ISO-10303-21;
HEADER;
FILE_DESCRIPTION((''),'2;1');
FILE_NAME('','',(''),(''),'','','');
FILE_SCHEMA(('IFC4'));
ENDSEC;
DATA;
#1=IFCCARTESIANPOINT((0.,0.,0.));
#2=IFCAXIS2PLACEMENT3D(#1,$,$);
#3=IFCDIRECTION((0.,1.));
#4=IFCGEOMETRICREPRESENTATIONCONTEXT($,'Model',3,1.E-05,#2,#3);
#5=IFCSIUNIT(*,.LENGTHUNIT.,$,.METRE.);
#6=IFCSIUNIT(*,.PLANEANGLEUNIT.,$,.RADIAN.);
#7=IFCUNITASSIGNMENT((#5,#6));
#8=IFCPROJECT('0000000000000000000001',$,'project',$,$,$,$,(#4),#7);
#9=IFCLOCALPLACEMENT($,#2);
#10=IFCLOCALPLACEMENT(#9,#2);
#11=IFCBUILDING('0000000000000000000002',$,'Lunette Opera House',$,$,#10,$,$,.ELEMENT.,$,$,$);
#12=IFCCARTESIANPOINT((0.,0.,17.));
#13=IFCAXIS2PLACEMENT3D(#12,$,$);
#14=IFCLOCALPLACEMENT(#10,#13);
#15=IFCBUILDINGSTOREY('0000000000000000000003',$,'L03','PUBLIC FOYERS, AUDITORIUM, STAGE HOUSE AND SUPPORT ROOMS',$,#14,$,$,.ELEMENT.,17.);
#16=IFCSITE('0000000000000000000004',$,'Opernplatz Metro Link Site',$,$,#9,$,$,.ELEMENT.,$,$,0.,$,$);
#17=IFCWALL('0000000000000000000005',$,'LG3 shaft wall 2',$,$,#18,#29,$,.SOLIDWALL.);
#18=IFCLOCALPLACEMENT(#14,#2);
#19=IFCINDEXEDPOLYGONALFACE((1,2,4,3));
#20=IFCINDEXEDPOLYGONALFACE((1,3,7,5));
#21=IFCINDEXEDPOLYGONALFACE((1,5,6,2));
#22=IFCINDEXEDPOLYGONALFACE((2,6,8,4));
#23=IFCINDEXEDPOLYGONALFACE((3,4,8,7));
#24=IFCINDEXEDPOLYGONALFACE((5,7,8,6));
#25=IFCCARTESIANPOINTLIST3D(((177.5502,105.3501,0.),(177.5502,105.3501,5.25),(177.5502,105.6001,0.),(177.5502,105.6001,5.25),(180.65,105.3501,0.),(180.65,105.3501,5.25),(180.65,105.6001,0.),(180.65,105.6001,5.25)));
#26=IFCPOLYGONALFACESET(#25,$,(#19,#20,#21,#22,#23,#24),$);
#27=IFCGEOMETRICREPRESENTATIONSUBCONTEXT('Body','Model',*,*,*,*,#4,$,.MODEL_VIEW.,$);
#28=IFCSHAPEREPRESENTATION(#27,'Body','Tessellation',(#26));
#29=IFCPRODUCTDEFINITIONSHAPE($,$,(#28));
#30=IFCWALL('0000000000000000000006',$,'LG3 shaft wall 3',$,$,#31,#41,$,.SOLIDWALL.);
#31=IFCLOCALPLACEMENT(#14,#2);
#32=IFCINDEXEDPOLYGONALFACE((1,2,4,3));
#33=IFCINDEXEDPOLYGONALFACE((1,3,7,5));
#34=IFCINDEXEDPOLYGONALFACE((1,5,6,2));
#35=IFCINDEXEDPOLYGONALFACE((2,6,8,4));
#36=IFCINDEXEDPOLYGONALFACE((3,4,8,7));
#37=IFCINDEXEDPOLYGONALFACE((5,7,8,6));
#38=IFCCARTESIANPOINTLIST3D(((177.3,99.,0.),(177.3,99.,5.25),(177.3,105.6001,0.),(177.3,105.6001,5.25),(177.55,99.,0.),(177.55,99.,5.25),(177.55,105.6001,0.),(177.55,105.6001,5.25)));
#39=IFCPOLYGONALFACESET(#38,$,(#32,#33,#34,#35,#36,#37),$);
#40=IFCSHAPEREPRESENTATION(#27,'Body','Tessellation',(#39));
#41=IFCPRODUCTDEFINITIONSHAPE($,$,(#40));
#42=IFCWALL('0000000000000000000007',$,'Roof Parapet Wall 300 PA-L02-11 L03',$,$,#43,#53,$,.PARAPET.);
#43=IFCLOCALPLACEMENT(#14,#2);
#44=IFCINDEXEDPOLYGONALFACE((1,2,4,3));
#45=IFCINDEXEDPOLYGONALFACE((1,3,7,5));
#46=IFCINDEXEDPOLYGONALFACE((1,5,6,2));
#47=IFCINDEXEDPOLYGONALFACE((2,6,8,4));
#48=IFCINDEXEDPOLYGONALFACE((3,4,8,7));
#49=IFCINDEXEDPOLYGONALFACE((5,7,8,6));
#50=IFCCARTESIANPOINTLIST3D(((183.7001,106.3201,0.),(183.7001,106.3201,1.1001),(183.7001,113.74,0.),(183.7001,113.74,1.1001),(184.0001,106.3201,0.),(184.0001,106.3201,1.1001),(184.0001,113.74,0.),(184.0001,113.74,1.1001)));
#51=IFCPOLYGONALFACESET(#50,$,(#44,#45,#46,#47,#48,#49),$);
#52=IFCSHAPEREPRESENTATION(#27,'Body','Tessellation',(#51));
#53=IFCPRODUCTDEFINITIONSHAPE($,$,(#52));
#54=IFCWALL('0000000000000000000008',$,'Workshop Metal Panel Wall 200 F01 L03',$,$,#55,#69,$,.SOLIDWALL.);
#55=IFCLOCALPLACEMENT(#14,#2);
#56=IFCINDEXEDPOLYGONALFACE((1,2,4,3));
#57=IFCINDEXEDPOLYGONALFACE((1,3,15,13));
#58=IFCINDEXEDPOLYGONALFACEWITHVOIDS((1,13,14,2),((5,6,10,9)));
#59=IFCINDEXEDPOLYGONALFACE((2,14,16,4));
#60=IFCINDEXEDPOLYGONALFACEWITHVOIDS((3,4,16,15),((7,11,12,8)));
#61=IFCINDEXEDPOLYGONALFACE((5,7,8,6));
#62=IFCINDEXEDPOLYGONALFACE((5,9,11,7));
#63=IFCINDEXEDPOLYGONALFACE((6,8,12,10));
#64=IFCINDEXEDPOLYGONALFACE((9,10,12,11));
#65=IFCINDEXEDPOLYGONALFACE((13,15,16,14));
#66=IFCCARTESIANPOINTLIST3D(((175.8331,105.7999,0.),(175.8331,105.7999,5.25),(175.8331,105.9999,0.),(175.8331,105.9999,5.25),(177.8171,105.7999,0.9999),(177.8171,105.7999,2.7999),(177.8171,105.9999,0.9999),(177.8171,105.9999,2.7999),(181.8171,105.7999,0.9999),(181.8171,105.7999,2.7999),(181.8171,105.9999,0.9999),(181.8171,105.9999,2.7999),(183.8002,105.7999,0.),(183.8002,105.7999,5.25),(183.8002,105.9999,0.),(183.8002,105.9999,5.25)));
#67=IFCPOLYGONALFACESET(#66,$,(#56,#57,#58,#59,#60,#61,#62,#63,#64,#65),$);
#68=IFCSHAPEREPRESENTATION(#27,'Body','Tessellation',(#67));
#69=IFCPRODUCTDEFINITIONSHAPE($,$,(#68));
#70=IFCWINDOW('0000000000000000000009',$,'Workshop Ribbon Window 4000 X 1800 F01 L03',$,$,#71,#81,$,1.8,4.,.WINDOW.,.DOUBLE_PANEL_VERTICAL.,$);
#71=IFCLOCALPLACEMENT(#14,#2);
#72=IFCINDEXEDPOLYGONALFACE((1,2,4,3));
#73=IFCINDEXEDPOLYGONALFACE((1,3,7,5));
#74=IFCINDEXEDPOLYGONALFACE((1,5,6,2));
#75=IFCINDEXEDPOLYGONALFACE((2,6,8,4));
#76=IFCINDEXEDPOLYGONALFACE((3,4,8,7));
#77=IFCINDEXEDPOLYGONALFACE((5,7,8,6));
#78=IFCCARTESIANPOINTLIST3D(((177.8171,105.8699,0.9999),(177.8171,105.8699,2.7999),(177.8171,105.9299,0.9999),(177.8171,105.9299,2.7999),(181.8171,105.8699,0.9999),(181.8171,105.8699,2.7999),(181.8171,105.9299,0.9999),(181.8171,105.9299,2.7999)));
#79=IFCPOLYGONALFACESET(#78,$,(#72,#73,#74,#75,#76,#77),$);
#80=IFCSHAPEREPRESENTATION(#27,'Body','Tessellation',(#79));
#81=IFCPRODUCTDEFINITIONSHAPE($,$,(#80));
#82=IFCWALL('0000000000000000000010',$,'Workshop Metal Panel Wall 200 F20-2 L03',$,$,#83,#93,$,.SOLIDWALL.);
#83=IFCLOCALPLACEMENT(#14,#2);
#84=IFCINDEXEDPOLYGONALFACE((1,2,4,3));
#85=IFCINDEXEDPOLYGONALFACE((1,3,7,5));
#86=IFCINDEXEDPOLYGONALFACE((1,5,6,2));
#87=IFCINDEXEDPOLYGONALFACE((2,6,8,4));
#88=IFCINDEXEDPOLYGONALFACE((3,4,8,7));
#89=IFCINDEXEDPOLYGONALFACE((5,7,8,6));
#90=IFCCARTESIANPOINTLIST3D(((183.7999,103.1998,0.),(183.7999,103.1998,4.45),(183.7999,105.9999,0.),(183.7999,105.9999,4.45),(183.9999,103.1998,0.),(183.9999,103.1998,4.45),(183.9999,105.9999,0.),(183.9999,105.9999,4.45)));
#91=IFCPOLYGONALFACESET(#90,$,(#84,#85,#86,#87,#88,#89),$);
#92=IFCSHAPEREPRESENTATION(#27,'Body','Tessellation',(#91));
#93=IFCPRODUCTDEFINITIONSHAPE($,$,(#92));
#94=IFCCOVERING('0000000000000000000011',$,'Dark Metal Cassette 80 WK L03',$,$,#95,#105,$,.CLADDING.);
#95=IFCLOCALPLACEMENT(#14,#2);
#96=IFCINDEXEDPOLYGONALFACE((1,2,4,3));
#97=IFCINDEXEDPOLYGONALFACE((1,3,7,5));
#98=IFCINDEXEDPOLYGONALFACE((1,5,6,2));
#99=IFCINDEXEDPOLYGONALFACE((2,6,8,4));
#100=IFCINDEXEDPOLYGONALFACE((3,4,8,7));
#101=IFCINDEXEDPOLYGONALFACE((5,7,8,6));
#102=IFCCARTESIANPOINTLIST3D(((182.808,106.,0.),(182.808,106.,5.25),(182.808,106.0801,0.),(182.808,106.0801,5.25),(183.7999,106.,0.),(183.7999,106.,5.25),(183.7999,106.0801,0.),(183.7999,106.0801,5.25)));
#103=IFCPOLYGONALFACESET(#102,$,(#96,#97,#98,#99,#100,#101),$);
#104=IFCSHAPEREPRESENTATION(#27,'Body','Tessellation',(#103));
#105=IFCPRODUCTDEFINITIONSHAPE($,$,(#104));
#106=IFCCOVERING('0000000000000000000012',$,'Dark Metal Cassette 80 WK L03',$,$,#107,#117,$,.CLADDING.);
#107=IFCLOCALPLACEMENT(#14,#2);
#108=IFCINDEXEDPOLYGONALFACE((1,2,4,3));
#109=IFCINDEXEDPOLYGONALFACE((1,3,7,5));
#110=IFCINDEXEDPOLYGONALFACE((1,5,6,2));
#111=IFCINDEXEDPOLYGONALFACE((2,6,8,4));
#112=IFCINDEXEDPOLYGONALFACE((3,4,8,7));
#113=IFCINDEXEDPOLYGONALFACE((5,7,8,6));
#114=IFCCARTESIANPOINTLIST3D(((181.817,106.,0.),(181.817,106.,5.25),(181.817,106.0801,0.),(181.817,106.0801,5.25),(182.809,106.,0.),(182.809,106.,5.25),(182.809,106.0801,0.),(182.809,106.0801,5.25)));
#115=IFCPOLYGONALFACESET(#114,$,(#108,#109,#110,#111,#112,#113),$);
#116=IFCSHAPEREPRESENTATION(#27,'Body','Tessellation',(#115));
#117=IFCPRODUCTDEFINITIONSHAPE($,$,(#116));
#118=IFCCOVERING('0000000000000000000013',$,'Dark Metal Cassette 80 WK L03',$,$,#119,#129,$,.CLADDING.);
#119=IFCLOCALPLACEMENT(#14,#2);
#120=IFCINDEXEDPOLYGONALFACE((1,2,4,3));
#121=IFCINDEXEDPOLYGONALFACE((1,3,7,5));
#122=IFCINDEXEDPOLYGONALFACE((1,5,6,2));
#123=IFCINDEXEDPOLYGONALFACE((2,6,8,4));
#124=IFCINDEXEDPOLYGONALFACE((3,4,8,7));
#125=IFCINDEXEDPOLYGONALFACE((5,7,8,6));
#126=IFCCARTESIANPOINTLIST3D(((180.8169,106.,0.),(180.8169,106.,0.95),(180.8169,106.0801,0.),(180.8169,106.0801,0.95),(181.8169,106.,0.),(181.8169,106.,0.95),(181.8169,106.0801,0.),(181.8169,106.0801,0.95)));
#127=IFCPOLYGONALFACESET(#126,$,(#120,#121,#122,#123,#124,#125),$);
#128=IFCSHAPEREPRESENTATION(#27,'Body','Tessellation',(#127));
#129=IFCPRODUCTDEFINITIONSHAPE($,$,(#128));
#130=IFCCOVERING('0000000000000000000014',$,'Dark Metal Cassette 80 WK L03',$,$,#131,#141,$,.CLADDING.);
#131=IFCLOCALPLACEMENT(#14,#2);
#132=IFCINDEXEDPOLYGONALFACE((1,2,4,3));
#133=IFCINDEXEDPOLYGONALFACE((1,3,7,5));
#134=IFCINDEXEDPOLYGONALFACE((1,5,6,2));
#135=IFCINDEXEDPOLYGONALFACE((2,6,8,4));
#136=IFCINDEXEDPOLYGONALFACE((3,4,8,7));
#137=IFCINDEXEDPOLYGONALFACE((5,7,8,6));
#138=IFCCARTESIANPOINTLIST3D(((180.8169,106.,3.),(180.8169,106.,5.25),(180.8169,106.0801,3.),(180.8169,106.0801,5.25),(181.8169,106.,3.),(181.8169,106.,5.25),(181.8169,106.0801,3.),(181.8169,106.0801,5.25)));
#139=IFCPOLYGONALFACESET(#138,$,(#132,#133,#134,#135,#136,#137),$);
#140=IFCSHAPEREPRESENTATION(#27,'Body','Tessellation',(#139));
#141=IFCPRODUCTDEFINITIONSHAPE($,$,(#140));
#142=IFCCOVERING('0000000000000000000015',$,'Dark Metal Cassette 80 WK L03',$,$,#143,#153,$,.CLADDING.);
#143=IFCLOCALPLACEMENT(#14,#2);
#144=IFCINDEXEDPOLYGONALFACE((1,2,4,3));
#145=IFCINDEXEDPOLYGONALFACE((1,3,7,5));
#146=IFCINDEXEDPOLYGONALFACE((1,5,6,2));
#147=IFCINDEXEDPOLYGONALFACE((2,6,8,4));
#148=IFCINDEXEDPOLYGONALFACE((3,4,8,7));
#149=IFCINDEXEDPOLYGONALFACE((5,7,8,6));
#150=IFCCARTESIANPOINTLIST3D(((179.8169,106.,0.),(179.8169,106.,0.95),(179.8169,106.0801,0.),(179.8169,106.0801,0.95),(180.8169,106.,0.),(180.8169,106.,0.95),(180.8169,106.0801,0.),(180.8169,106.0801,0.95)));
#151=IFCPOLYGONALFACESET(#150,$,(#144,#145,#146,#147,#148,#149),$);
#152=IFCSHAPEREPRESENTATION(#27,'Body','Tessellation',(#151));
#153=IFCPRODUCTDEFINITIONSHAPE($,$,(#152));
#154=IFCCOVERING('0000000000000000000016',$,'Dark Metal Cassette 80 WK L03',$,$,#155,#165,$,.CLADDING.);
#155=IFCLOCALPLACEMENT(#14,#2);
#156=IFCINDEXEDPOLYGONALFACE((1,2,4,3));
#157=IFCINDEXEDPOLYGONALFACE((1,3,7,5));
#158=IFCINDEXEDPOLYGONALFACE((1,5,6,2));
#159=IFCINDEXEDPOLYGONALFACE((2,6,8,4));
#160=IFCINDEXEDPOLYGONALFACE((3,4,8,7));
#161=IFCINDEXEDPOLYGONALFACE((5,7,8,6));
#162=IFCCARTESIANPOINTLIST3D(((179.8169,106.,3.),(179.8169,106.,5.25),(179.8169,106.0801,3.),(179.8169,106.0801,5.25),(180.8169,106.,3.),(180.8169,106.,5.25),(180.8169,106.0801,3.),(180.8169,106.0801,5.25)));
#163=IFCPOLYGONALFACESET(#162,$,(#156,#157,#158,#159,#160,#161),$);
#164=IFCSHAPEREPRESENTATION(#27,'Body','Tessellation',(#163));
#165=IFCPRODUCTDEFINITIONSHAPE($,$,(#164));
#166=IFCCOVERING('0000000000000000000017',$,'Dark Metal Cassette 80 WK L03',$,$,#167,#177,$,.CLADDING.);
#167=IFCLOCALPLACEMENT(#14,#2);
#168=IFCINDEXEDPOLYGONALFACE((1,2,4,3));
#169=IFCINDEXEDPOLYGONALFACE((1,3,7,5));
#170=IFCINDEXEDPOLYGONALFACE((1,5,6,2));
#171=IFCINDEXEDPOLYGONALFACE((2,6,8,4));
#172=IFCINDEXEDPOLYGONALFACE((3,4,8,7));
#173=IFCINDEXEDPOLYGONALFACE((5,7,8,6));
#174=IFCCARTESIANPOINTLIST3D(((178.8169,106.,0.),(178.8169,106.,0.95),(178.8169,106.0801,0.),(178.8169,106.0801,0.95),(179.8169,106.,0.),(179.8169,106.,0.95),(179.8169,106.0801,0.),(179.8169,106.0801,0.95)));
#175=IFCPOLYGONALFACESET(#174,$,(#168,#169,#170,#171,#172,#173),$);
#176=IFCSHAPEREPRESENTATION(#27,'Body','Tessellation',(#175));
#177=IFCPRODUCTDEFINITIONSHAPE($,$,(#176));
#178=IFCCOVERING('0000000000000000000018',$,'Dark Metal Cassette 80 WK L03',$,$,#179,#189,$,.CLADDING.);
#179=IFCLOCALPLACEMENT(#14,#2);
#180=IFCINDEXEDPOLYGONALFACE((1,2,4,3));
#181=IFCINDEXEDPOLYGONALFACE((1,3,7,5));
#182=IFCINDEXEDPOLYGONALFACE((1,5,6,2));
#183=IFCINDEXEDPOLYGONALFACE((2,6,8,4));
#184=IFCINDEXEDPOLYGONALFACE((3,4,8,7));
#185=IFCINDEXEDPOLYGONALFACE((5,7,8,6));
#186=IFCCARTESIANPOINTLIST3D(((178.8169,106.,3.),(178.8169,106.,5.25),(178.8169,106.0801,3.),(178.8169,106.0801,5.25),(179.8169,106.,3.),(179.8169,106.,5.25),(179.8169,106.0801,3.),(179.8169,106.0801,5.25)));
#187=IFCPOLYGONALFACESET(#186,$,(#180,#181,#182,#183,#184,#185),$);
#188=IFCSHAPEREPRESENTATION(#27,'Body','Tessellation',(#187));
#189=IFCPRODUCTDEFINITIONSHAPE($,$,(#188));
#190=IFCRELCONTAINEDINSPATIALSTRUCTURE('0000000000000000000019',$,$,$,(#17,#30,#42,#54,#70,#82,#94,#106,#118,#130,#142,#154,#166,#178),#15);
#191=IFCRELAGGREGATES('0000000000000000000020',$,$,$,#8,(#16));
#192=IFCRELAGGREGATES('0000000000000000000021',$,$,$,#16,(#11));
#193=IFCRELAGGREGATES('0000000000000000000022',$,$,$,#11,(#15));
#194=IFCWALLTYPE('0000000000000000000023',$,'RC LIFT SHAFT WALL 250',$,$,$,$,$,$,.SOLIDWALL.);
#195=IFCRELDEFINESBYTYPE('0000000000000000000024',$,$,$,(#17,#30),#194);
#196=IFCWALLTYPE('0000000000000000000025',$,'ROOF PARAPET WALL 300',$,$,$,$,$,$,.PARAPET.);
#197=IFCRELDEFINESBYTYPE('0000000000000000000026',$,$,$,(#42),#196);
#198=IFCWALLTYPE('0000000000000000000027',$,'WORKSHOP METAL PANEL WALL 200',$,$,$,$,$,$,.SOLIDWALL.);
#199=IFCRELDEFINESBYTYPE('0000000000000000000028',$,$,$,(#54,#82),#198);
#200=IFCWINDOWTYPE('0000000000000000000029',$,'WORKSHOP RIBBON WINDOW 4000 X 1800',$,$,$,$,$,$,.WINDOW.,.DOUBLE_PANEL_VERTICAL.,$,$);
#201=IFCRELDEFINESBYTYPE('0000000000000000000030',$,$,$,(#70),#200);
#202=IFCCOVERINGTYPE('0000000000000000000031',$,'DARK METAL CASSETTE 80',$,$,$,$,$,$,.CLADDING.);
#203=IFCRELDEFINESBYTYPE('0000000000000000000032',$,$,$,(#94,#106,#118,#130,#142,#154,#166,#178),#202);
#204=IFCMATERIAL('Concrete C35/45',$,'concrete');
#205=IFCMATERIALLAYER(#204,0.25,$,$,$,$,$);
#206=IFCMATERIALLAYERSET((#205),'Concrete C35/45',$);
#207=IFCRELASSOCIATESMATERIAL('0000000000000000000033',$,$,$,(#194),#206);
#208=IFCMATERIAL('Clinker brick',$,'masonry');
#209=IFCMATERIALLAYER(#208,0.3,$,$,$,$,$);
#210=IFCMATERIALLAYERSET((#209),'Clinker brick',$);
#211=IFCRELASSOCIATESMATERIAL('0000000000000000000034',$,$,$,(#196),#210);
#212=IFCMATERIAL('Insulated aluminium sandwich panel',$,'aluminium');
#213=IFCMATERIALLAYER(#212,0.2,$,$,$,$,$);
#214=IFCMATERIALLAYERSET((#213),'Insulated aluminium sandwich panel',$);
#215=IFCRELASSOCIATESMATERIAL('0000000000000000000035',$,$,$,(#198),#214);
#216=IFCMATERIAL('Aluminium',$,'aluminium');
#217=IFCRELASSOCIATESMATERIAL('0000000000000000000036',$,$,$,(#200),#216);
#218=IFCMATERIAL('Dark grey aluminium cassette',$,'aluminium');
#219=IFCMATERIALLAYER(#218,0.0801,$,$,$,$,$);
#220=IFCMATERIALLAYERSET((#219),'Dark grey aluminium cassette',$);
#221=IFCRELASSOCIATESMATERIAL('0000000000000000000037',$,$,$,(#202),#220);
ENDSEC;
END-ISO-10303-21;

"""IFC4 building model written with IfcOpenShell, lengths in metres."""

from ifc_helpers import new_model, si_unit, direction, frame, frame_2d, origin, origin_2d, place, context, subcontext, project, spatial, rectangle, extrude, material, layer, layer_set, type_object, element, fill, save


model = new_model("IFC4")

# Units and contexts
model_context = context("Model", 3, precision=1e-05, world=origin(), true_north=direction((0.0, 1.0)))
body_context = subcontext(model_context, "Body", "Model", "MODEL_VIEW")
ifc_project = project(units=[si_unit("LENGTHUNIT", "METRE"), si_unit("PLANEANGLEUNIT", "RADIAN")], contexts=[model_context])

# Site, building, storey
site_placement = place(None, origin())
site = spatial("IfcSite", under=ifc_project, at=site_placement, Name="Opernplatz Metro Link Site", CompositionType="ELEMENT", RefElevation=0.0)
building_placement = place(site_placement, origin())
building = spatial("IfcBuilding", under=site, at=building_placement, Name="Lunette Opera House", CompositionType="ELEMENT")
storey_placement = place(building_placement, frame((0.0, 0.0, 17.0)))
storey = spatial("IfcBuildingStorey", under=building, at=storey_placement, Name="L03", Description="PUBLIC FOYERS, AUDITORIUM, STAGE HOUSE AND SUPPORT ROOMS", CompositionType="ELEMENT", Elevation=17.0)

# Walls
ifc_material_1 = material(Name="Concrete C35/45", Category="concrete")
ifc_layer_1 = layer(ifc_material_1, 0.25)
ifc_layer_set_1 = layer_set([ifc_layer_1], Name="Concrete C35/45")
wall_type_1 = type_object("IfcWallType", Name="RC LIFT SHAFT WALL 250", PredefinedType="SOLIDWALL", material=ifc_layer_set_1)
wall_1_placement = place(storey_placement, frame((180.6499, 105.4751, 0.0), z_axis=(0.0, 0.0, 1.0), x_axis=(-1.0, 0.0, 0.0)))
element("IfcWall", 1, at=wall_1_placement, inside=storey, type_object=wall_type_1, Name="LG3 shaft wall 2", PredefinedType="SOLIDWALL", context=body_context, shape_type="SweptSolid", body=[
    extrude(rectangle(XDim=3.0999, YDim=0.25, at=frame_2d((1.5498, 0.0))), origin(), (0.0, 0.0, 1.0), 5.25),
])
wall_2_placement = place(storey_placement, frame((177.425, 105.6001, 0.0), z_axis=(0.0, 0.0, 1.0), x_axis=(0.0, -1.0, 0.0)))
element("IfcWall", 2, at=wall_2_placement, inside=storey, type_object=wall_type_1, Name="LG3 shaft wall 3", PredefinedType="SOLIDWALL", context=body_context, shape_type="SweptSolid", body=[
    extrude(rectangle(XDim=6.6001, YDim=0.25, at=frame_2d((3.3, 0.0))), origin(), (0.0, 0.0, 1.0), 5.25),
])
ifc_material_2 = material(Name="Clinker brick", Category="masonry")
ifc_layer_2 = layer(ifc_material_2, 0.3)
ifc_layer_set_2 = layer_set([ifc_layer_2], Name="Clinker brick")
wall_type_2 = type_object("IfcWallType", Name="ROOF PARAPET WALL 300", PredefinedType="PARAPET", material=ifc_layer_set_2)
wall_3_placement = place(storey_placement, frame((183.8501, 106.3201, 0.0), z_axis=(0.0, 0.0, 1.0), x_axis=(0.0, 1.0, 0.0)))
element("IfcWall", 3, at=wall_3_placement, inside=storey, type_object=wall_type_2, Name="Roof Parapet Wall 300 PA-L02-11 L03", PredefinedType="PARAPET", context=body_context, shape_type="SweptSolid", body=[
    extrude(rectangle(XDim=7.4199, YDim=0.3, at=frame_2d((3.71, 0.0))), origin(), (0.0, 0.0, 1.0), 1.1001),
])

# Wall, opening, window
ifc_material_3 = material(Name="Insulated aluminium sandwich panel", Category="aluminium")
ifc_layer_3 = layer(ifc_material_3, 0.2)
ifc_layer_set_3 = layer_set([ifc_layer_3], Name="Insulated aluminium sandwich panel")
wall_type_3 = type_object("IfcWallType", Name="WORKSHOP METAL PANEL WALL 200", PredefinedType="SOLIDWALL", material=ifc_layer_set_3)
wall_4_placement = place(storey_placement, frame((183.8, 105.8999, 0.0), z_axis=(0.0, 0.0, 1.0), x_axis=(-1.0, 0.0, 0.0)))
wall_4 = element("IfcWall", 4, at=wall_4_placement, inside=storey, type_object=wall_type_3, Name="Workshop Metal Panel Wall 200 F01 L03", PredefinedType="SOLIDWALL", context=body_context, shape_type="SweptSolid", body=[
    extrude(rectangle(XDim=7.967, YDim=0.2, at=frame_2d((3.9834, 0.0))), origin(), (0.0, 0.0, 1.0), 5.25),
])
opening_placement = place(wall_4_placement, frame((1.9829, 0.0, 1.0)))
opening = element("IfcOpeningElement", 5, at=opening_placement, cuts=wall_4, PredefinedType="OPENING", context=body_context, shape_type="SweptSolid", body=[
    extrude(rectangle(XDim=4.0, YDim=1.8, at=frame_2d((2.0, 0.8999))), frame((0.0, 0.1121, 0.0), z_axis=(0.0, -1.0, 0.0), x_axis=(1.0, 0.0, 0.0)), (0.0, 0.0, 1.0), 0.2239),
])
ifc_material_4 = material(Name="Aluminium", Category="aluminium")
window_type = type_object("IfcWindowType", Name="WORKSHOP RIBBON WINDOW 4000 X 1800", PartitioningType="DOUBLE_PANEL_VERTICAL", PredefinedType="WINDOW", material=ifc_material_4)
window_placement = place(opening_placement, origin())
window = element("IfcWindow", 6, at=window_placement, inside=storey, type_object=window_type, Name="Workshop Ribbon Window 4000 X 1800 F01 L03", OverallHeight=1.8, OverallWidth=4.0, PartitioningType="DOUBLE_PANEL_VERTICAL", PredefinedType="WINDOW", context=body_context, shape_type="SweptSolid", body=[
    extrude(rectangle(XDim=4.0, YDim=1.8, at=frame_2d((2.0, 0.8999))), frame((0.0, 0.03, 0.0), z_axis=(0.0, -1.0, 0.0), x_axis=(1.0, 0.0, 0.0)), (0.0, 0.0, 1.0), 0.0601),
])
fill(opening, window)

# Wall
wall_5_placement = place(storey_placement, frame((183.8999, 103.2, 0.0), z_axis=(0.0, 0.0, 1.0), x_axis=(0.0, 1.0, 0.0)))
element("IfcWall", 7, at=wall_5_placement, inside=storey, type_object=wall_type_3, Name="Workshop Metal Panel Wall 200 F20-2 L03", PredefinedType="SOLIDWALL", context=body_context, shape_type="SweptSolid", body=[
    extrude(rectangle(XDim=2.8, YDim=0.2, at=frame_2d((1.3999, 0.0))), origin(), (0.0, 0.0, 1.0), 4.45),
])

# Coverings
ifc_material_5 = material(Name="Dark grey aluminium cassette", Category="aluminium")
ifc_layer_4 = layer(ifc_material_5, 0.0801)
ifc_layer_set_4 = layer_set([ifc_layer_4], Name="Dark grey aluminium cassette")
covering_type = type_object("IfcCoveringType", Name="DARK METAL CASSETTE 80", PredefinedType="CLADDING", material=ifc_layer_set_4)
for number, where, z_axis, x_axis, name in (
    (8, (183.304, 106.04, 0.0), (0.0, 0.0, 1.0), (-1.0, 0.0, 0.0), "Dark Metal Cassette 80 WK L03"),
    (9, (182.313, 106.04, 0.0), (0.0, 0.0, 1.0), (-1.0, 0.0, 0.0), "Dark Metal Cassette 80 WK L03"),
):
    element("IfcCovering", number, at=place(storey_placement, frame(where, z_axis=z_axis, x_axis=x_axis)), inside=storey, type_object=covering_type, Name=name, PredefinedType="CLADDING", context=body_context, shape_type="SweptSolid", body=[
        extrude(rectangle(XDim=0.9919, YDim=0.0801, at=origin_2d()), origin(), (0.0, 0.0, 1.0), 5.25),
    ])
covering_1_placement = place(storey_placement, frame((181.3169, 106.04, 0.0), z_axis=(0.0, 0.0, 1.0), x_axis=(-1.0, 0.0, 0.0)))
element("IfcCovering", 10, at=covering_1_placement, inside=storey, type_object=covering_type, Name="Dark Metal Cassette 80 WK L03", PredefinedType="CLADDING", context=body_context, shape_type="SweptSolid", body=[
    extrude(rectangle(XDim=1.0, YDim=0.0801, at=origin_2d()), origin(), (0.0, 0.0, 1.0), 0.95),
])
covering_2_placement = place(storey_placement, frame((181.3169, 106.04, 3.0), z_axis=(0.0, 0.0, 1.0), x_axis=(-1.0, 0.0, 0.0)))
element("IfcCovering", 11, at=covering_2_placement, inside=storey, type_object=covering_type, Name="Dark Metal Cassette 80 WK L03", PredefinedType="CLADDING", context=body_context, shape_type="SweptSolid", body=[
    extrude(rectangle(XDim=1.0, YDim=0.0801, at=origin_2d()), origin(), (0.0, 0.0, 1.0), 2.25),
])
covering_3_placement = place(storey_placement, frame((180.3169, 106.04, 0.0), z_axis=(0.0, 0.0, 1.0), x_axis=(-1.0, 0.0, 0.0)))
element("IfcCovering", 12, at=covering_3_placement, inside=storey, type_object=covering_type, Name="Dark Metal Cassette 80 WK L03", PredefinedType="CLADDING", context=body_context, shape_type="SweptSolid", body=[
    extrude(rectangle(XDim=1.0, YDim=0.0801, at=origin_2d()), origin(), (0.0, 0.0, 1.0), 0.95),
])
covering_4_placement = place(storey_placement, frame((180.3169, 106.04, 3.0), z_axis=(0.0, 0.0, 1.0), x_axis=(-1.0, 0.0, 0.0)))
element("IfcCovering", 13, at=covering_4_placement, inside=storey, type_object=covering_type, Name="Dark Metal Cassette 80 WK L03", PredefinedType="CLADDING", context=body_context, shape_type="SweptSolid", body=[
    extrude(rectangle(XDim=1.0, YDim=0.0801, at=origin_2d()), origin(), (0.0, 0.0, 1.0), 2.25),
])
covering_5_placement = place(storey_placement, frame((179.3169, 106.04, 0.0), z_axis=(0.0, 0.0, 1.0), x_axis=(-1.0, 0.0, 0.0)))
element("IfcCovering", 14, at=covering_5_placement, inside=storey, type_object=covering_type, Name="Dark Metal Cassette 80 WK L03", PredefinedType="CLADDING", context=body_context, shape_type="SweptSolid", body=[
    extrude(rectangle(XDim=1.0, YDim=0.0801, at=origin_2d()), origin(), (0.0, 0.0, 1.0), 0.95),
])
covering_6_placement = place(storey_placement, frame((179.3169, 106.04, 3.0), z_axis=(0.0, 0.0, 1.0), x_axis=(-1.0, 0.0, 0.0)))
element("IfcCovering", 15, at=covering_6_placement, inside=storey, type_object=covering_type, Name="Dark Metal Cassette 80 WK L03", PredefinedType="CLADDING", context=body_context, shape_type="SweptSolid", body=[
    extrude(rectangle(XDim=1.0, YDim=0.0801, at=origin_2d()), origin(), (0.0, 0.0, 1.0), 2.25),
])

save(model, "model.ifc")
